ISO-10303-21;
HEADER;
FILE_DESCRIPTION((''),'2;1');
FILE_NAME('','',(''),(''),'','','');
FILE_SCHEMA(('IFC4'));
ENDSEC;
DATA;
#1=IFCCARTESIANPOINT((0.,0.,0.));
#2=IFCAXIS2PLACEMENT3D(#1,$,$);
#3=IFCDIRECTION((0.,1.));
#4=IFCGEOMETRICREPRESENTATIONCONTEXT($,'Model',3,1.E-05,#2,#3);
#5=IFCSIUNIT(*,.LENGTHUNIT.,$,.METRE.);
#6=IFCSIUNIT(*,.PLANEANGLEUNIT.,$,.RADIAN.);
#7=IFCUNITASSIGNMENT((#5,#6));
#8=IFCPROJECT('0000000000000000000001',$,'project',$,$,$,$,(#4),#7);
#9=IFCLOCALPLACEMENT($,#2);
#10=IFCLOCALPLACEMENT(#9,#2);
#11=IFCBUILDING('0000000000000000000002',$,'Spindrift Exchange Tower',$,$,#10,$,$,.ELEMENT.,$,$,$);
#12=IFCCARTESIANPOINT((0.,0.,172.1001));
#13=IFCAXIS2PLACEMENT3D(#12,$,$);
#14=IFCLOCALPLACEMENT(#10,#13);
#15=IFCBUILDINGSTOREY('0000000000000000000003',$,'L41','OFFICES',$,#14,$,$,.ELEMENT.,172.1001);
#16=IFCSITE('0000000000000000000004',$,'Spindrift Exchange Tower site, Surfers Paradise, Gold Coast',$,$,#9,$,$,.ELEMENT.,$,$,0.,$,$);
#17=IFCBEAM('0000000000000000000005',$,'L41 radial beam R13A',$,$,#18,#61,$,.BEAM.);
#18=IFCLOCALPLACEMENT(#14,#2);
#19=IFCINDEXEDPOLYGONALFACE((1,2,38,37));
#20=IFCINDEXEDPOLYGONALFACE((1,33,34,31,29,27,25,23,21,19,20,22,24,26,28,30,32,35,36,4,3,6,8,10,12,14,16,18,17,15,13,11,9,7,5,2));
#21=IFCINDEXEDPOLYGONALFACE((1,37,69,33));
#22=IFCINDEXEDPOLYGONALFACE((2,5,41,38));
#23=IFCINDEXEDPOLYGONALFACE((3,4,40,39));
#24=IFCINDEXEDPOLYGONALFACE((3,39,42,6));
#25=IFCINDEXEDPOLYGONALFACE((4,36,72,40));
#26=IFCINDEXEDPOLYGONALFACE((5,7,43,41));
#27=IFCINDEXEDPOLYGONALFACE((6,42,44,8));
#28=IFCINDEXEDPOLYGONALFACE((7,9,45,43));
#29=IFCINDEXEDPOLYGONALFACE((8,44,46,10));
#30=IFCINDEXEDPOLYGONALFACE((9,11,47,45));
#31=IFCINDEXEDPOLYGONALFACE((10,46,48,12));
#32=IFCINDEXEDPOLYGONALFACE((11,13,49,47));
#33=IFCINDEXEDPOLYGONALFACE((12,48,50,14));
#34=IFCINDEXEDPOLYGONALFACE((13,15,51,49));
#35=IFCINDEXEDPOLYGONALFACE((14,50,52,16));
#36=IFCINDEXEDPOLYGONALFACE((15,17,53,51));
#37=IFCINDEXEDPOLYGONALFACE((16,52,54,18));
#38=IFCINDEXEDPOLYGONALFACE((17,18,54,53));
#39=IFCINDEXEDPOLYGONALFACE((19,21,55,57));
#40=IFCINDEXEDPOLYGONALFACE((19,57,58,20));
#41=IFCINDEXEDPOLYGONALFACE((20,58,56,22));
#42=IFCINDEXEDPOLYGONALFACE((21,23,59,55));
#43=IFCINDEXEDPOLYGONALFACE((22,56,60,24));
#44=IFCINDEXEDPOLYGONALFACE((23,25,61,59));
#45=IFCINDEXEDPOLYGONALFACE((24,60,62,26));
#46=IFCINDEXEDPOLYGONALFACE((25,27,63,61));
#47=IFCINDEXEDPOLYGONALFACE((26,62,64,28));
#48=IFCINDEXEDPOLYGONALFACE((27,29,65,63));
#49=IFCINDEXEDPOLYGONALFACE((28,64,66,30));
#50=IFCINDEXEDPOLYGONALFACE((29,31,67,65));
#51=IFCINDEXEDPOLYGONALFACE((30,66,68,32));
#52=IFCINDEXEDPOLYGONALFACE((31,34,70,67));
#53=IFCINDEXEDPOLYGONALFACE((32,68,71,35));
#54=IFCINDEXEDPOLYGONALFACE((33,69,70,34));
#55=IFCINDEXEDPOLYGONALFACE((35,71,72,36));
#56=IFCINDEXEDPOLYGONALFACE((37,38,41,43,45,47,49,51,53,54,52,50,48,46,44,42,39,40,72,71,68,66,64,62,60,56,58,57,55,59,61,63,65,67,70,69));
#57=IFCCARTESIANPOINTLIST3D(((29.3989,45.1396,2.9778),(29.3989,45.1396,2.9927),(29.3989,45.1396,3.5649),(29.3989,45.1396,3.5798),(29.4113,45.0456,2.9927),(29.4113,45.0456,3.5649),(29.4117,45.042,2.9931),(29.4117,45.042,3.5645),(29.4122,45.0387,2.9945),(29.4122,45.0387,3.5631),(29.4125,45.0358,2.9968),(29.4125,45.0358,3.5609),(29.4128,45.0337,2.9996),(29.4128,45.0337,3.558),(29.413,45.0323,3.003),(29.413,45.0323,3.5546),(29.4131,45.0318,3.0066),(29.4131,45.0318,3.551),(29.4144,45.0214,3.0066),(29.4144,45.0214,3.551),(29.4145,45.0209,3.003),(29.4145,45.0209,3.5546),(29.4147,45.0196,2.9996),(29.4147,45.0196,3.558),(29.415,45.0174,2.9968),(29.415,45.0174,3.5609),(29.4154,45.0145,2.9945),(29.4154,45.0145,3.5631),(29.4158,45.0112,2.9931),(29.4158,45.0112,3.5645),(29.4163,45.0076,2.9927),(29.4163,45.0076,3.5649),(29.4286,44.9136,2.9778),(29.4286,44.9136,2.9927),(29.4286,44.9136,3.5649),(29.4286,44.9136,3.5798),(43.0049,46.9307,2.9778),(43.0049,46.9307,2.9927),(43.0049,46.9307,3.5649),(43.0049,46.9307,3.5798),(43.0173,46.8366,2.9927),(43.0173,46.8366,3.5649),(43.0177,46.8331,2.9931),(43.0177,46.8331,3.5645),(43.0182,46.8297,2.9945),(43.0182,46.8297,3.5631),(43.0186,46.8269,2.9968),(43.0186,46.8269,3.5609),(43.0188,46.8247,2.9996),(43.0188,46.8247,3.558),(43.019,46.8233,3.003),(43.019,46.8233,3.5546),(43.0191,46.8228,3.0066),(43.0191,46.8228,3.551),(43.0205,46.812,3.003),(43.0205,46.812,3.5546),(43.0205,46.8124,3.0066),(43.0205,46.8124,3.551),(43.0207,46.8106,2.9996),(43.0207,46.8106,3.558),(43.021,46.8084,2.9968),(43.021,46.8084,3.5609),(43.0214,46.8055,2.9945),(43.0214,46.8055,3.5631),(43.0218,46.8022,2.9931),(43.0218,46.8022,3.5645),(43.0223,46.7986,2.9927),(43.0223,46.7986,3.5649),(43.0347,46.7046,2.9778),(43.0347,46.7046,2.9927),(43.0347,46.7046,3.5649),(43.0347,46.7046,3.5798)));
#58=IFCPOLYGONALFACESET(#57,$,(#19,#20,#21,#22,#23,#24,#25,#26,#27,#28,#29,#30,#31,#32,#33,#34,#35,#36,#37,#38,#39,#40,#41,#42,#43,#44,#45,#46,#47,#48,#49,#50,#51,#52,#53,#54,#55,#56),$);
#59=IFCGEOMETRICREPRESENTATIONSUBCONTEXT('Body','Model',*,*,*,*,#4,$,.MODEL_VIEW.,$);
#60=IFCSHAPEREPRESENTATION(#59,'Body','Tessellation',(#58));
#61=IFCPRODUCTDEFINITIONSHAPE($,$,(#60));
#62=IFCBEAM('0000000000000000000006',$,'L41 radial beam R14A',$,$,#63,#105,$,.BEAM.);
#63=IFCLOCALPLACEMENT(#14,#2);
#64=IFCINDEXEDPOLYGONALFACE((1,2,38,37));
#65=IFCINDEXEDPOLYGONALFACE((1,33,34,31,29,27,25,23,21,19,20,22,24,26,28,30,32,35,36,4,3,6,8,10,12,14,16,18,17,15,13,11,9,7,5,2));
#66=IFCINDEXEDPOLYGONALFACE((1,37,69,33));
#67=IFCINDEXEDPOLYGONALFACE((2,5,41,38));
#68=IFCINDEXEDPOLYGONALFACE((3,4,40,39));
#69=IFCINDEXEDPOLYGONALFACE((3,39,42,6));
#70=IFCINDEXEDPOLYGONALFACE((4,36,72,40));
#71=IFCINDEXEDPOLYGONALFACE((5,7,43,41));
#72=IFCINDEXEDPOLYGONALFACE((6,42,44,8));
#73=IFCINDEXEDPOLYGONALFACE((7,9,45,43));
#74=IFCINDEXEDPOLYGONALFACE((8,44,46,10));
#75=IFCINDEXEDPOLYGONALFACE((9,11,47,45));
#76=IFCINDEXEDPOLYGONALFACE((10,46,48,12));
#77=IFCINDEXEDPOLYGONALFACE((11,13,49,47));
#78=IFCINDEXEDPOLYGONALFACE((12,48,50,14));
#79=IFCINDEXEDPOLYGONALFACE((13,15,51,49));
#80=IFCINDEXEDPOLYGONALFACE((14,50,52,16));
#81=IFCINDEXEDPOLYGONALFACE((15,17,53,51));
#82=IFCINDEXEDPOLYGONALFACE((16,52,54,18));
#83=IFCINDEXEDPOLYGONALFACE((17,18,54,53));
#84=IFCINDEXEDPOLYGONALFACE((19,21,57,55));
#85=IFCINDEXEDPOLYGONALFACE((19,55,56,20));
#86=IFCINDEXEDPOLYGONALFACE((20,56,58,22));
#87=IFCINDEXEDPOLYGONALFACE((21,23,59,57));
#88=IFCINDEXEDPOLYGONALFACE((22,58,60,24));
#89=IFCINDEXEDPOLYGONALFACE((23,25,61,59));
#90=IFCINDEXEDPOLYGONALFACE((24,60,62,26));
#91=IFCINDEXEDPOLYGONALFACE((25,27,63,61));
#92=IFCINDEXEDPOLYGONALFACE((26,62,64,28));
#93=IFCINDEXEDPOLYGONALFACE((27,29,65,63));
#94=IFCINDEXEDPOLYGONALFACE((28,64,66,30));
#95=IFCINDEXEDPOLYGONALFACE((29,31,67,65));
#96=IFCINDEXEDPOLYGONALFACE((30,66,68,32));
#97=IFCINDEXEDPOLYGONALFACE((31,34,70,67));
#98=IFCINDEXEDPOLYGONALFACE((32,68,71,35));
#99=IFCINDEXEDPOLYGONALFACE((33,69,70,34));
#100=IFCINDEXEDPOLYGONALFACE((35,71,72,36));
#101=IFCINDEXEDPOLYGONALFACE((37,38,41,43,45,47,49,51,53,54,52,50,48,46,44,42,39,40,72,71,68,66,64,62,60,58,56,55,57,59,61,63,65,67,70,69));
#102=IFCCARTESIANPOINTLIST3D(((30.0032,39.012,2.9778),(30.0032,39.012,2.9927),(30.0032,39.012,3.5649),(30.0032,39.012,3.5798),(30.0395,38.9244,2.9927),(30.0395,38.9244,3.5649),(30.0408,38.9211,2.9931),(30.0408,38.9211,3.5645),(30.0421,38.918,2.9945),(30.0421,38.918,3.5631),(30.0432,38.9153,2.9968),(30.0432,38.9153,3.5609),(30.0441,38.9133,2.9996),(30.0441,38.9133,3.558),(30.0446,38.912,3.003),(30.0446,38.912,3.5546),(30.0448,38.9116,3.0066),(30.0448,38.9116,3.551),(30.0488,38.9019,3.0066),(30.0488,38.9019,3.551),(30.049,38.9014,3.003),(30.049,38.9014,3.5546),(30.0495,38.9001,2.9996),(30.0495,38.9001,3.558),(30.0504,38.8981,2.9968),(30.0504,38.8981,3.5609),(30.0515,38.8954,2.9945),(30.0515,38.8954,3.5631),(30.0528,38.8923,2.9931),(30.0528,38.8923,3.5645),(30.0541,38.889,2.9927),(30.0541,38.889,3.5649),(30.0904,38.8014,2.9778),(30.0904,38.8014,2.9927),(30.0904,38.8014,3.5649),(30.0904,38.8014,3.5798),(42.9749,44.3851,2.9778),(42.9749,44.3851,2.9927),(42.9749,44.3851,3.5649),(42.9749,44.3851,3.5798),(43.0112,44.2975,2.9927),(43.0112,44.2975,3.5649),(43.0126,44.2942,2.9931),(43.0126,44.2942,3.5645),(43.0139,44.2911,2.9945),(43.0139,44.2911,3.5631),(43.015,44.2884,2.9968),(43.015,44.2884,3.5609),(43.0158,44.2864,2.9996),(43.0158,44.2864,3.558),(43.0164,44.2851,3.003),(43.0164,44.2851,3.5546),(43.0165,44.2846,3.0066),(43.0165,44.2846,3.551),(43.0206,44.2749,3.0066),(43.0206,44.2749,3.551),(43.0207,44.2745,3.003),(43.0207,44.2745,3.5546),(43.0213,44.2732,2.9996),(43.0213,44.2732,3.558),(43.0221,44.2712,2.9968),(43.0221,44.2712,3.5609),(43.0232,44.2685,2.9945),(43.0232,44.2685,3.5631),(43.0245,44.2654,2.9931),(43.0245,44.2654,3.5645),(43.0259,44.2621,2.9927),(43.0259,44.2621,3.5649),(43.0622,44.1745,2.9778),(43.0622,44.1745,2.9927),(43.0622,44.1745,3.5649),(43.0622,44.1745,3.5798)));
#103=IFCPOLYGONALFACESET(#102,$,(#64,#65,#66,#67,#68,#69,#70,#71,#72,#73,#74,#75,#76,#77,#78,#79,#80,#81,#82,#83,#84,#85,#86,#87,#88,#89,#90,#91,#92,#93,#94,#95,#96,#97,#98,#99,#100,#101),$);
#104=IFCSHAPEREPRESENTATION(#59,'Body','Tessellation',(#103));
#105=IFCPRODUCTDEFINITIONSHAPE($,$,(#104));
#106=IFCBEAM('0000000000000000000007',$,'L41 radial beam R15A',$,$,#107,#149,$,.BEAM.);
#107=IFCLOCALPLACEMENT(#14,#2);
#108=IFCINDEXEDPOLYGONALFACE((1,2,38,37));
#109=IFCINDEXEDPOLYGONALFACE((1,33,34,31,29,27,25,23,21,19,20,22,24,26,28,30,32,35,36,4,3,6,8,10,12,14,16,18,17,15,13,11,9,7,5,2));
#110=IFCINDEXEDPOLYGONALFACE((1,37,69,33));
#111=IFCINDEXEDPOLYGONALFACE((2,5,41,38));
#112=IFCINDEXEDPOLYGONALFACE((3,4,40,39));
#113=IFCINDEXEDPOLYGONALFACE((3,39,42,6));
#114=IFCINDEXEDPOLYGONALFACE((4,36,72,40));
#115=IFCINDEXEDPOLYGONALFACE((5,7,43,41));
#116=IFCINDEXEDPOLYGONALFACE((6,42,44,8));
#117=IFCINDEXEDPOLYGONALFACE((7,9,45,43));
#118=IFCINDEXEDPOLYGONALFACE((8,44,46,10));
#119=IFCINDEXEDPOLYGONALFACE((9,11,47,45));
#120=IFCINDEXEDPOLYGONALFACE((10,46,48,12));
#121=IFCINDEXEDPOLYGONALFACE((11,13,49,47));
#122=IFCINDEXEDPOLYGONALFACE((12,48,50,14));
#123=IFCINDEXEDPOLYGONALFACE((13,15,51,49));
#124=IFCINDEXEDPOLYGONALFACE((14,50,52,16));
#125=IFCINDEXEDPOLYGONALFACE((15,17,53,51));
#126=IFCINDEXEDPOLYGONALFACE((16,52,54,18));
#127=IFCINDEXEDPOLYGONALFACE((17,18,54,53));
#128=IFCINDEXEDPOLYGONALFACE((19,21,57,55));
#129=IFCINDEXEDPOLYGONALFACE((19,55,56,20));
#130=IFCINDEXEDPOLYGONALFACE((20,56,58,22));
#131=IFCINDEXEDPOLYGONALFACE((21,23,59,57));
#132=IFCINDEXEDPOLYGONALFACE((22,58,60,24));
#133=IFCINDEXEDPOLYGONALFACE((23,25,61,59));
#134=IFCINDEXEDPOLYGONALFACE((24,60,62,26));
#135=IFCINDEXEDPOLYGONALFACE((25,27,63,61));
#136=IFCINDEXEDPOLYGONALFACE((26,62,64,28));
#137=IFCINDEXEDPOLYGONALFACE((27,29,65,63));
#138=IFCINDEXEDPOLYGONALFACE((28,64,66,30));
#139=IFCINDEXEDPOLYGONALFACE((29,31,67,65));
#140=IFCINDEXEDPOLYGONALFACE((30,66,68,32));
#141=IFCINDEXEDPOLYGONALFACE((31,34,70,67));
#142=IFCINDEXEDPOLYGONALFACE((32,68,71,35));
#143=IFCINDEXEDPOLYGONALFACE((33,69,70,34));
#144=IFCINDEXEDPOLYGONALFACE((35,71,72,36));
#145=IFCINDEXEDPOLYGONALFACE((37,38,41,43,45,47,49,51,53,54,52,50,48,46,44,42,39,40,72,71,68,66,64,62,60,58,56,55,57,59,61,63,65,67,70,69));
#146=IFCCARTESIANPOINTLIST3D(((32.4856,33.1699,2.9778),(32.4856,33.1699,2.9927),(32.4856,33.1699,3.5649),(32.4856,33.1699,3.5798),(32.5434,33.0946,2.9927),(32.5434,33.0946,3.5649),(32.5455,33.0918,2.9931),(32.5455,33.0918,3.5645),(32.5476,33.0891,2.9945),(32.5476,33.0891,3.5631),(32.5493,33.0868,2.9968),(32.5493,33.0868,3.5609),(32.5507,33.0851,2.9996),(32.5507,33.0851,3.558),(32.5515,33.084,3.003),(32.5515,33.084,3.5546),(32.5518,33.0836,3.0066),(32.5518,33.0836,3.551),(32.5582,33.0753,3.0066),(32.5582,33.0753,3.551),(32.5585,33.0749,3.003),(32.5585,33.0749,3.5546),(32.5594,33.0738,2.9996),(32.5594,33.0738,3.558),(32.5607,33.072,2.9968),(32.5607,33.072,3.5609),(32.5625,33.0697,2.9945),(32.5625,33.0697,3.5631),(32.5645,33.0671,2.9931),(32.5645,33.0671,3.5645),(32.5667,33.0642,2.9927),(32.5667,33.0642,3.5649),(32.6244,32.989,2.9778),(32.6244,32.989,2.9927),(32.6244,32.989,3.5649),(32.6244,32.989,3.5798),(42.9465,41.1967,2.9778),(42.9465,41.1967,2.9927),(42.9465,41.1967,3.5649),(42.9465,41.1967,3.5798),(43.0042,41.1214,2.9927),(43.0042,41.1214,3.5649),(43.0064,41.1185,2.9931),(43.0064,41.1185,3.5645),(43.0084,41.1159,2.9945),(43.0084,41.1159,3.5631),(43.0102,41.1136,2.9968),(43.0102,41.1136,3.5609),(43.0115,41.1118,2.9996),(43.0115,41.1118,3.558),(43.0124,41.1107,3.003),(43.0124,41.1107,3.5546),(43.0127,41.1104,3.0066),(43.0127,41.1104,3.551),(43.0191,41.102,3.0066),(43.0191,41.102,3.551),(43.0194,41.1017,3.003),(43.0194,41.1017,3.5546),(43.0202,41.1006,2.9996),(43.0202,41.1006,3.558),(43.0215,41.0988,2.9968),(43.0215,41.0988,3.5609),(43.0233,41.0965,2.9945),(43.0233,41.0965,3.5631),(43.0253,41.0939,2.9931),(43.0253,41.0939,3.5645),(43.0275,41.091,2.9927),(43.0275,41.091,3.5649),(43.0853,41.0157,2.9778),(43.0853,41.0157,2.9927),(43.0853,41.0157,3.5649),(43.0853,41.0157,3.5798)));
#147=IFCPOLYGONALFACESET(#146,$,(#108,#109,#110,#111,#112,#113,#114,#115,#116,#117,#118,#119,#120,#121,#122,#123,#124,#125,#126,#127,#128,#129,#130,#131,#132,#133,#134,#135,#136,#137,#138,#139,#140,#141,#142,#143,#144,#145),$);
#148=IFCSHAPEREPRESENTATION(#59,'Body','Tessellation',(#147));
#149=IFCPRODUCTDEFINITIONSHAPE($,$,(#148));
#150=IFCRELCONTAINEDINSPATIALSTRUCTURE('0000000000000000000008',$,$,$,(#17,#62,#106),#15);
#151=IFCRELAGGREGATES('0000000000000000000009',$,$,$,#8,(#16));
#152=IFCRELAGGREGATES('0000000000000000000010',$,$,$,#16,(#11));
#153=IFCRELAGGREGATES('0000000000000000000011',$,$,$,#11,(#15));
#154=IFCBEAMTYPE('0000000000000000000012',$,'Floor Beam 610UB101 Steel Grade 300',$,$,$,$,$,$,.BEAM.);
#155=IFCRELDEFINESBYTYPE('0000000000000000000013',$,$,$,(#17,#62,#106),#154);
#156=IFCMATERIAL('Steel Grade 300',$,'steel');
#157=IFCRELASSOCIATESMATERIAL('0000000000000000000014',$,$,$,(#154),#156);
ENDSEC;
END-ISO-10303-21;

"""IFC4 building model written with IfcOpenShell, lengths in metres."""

from ifc_helpers import new_model, si_unit, direction, frame, origin, origin_2d, place, context, subcontext, project, spatial, i_section, extrude, source, transform, mapped, material, material_profile, profile_set, type_object, element, save


model = new_model("IFC4")

# Units and contexts
model_context = context("Model", 3, precision=1e-05, world=origin(), true_north=direction((0.0, 1.0)))
body_context = subcontext(model_context, "Body", "Model", "MODEL_VIEW")
ifc_project = project(units=[si_unit("LENGTHUNIT", "METRE"), si_unit("PLANEANGLEUNIT", "RADIAN")], contexts=[model_context])

# Site, building, storey
site_placement = place(None, origin())
site = spatial("IfcSite", under=ifc_project, at=site_placement, Name="Spindrift Exchange Tower site, Surfers Paradise, Gold Coast", CompositionType="ELEMENT", RefElevation=0.0)
building_placement = place(site_placement, origin())
building = spatial("IfcBuilding", under=site, at=building_placement, Name="Spindrift Exchange Tower", CompositionType="ELEMENT")
storey_placement = place(building_placement, frame((0.0, 0.0, 172.1001)))
storey = spatial("IfcBuildingStorey", under=building, at=storey_placement, Name="L41", Description="OFFICES", CompositionType="ELEMENT", Elevation=172.1001)

# Beams
ifc_material_1 = material(Name="Steel Grade 300", Category="steel")
ifc_material_profile = material_profile(ifc_material_1, i_section(OverallWidth=0.228, OverallDepth=0.6021, WebThickness=0.0105, FlangeThickness=0.0149, FilletRadius=0.0139, at=origin_2d()), Name="610UB101")
ifc_profile_set = profile_set([ifc_material_profile], Name="Steel Grade 300")
beam_type = type_object("IfcBeamType", Name="Floor Beam 610UB101 Steel Grade 300", PredefinedType="BEAM", material=ifc_profile_set)
shared_shape_1 = source(origin(), body_context, "Body", "SweptSolid", [
    extrude(i_section(OverallWidth=0.228, OverallDepth=0.6021, WebThickness=0.0105, FlangeThickness=0.0149, FilletRadius=0.0139, at=origin_2d()), origin(), (0.0, 0.0, 1.0), 13.7234),
])
beam_1_placement = place(storey_placement, frame((43.0198, 46.8176, 3.2788), z_axis=(-0.991447, -0.130509, 0.0), x_axis=(0.130509, -0.991447, 0.0)))
element("IfcBeam", 1, at=beam_1_placement, inside=storey, type_object=beam_type, Name="L41 radial beam R13A", PredefinedType="BEAM", context=body_context, shape_type="MappedRepresentation", body=[
    mapped(shared_shape_1, transform((0.0, 0.0, 0.0), scale=1.0)),
])
shared_shape_2 = source(origin(), body_context, "Body", "SweptSolid", [
    extrude(i_section(OverallWidth=0.228, OverallDepth=0.6021, WebThickness=0.0105, FlangeThickness=0.0149, FilletRadius=0.0139, at=origin_2d()), origin(), (0.0, 0.0, 1.0), 14.0405),
])
beam_2_placement = place(storey_placement, frame((43.0186, 44.2798, 3.2788), z_axis=(-0.92388, -0.382684, 0.0), x_axis=(0.382684, -0.92388, 0.0)))
element("IfcBeam", 2, at=beam_2_placement, inside=storey, type_object=beam_type, Name="L41 radial beam R14A", PredefinedType="BEAM", context=body_context, shape_type="MappedRepresentation", body=[
    mapped(shared_shape_2, transform((0.0, 0.0, 0.0), scale=1.0)),
])
shared_shape_3 = source(origin(), body_context, "Body", "SweptSolid", [
    extrude(i_section(OverallWidth=0.228, OverallDepth=0.6021, WebThickness=0.0105, FlangeThickness=0.0149, FilletRadius=0.0139, at=origin_2d()), origin(), (0.0, 0.0, 1.0), 13.1855),
])
beam_3_placement = place(storey_placement, frame((43.0159, 41.1062, 3.2788), z_axis=(-0.793357, -0.608756, 0.0), x_axis=(0.608756, -0.793357, 0.0)))
element("IfcBeam", 3, at=beam_3_placement, inside=storey, type_object=beam_type, Name="L41 radial beam R15A", PredefinedType="BEAM", context=body_context, shape_type="MappedRepresentation", body=[
    mapped(shared_shape_3, transform((0.0, 0.0, 0.0), scale=1.0)),
])

save(model, "model.ifc")
